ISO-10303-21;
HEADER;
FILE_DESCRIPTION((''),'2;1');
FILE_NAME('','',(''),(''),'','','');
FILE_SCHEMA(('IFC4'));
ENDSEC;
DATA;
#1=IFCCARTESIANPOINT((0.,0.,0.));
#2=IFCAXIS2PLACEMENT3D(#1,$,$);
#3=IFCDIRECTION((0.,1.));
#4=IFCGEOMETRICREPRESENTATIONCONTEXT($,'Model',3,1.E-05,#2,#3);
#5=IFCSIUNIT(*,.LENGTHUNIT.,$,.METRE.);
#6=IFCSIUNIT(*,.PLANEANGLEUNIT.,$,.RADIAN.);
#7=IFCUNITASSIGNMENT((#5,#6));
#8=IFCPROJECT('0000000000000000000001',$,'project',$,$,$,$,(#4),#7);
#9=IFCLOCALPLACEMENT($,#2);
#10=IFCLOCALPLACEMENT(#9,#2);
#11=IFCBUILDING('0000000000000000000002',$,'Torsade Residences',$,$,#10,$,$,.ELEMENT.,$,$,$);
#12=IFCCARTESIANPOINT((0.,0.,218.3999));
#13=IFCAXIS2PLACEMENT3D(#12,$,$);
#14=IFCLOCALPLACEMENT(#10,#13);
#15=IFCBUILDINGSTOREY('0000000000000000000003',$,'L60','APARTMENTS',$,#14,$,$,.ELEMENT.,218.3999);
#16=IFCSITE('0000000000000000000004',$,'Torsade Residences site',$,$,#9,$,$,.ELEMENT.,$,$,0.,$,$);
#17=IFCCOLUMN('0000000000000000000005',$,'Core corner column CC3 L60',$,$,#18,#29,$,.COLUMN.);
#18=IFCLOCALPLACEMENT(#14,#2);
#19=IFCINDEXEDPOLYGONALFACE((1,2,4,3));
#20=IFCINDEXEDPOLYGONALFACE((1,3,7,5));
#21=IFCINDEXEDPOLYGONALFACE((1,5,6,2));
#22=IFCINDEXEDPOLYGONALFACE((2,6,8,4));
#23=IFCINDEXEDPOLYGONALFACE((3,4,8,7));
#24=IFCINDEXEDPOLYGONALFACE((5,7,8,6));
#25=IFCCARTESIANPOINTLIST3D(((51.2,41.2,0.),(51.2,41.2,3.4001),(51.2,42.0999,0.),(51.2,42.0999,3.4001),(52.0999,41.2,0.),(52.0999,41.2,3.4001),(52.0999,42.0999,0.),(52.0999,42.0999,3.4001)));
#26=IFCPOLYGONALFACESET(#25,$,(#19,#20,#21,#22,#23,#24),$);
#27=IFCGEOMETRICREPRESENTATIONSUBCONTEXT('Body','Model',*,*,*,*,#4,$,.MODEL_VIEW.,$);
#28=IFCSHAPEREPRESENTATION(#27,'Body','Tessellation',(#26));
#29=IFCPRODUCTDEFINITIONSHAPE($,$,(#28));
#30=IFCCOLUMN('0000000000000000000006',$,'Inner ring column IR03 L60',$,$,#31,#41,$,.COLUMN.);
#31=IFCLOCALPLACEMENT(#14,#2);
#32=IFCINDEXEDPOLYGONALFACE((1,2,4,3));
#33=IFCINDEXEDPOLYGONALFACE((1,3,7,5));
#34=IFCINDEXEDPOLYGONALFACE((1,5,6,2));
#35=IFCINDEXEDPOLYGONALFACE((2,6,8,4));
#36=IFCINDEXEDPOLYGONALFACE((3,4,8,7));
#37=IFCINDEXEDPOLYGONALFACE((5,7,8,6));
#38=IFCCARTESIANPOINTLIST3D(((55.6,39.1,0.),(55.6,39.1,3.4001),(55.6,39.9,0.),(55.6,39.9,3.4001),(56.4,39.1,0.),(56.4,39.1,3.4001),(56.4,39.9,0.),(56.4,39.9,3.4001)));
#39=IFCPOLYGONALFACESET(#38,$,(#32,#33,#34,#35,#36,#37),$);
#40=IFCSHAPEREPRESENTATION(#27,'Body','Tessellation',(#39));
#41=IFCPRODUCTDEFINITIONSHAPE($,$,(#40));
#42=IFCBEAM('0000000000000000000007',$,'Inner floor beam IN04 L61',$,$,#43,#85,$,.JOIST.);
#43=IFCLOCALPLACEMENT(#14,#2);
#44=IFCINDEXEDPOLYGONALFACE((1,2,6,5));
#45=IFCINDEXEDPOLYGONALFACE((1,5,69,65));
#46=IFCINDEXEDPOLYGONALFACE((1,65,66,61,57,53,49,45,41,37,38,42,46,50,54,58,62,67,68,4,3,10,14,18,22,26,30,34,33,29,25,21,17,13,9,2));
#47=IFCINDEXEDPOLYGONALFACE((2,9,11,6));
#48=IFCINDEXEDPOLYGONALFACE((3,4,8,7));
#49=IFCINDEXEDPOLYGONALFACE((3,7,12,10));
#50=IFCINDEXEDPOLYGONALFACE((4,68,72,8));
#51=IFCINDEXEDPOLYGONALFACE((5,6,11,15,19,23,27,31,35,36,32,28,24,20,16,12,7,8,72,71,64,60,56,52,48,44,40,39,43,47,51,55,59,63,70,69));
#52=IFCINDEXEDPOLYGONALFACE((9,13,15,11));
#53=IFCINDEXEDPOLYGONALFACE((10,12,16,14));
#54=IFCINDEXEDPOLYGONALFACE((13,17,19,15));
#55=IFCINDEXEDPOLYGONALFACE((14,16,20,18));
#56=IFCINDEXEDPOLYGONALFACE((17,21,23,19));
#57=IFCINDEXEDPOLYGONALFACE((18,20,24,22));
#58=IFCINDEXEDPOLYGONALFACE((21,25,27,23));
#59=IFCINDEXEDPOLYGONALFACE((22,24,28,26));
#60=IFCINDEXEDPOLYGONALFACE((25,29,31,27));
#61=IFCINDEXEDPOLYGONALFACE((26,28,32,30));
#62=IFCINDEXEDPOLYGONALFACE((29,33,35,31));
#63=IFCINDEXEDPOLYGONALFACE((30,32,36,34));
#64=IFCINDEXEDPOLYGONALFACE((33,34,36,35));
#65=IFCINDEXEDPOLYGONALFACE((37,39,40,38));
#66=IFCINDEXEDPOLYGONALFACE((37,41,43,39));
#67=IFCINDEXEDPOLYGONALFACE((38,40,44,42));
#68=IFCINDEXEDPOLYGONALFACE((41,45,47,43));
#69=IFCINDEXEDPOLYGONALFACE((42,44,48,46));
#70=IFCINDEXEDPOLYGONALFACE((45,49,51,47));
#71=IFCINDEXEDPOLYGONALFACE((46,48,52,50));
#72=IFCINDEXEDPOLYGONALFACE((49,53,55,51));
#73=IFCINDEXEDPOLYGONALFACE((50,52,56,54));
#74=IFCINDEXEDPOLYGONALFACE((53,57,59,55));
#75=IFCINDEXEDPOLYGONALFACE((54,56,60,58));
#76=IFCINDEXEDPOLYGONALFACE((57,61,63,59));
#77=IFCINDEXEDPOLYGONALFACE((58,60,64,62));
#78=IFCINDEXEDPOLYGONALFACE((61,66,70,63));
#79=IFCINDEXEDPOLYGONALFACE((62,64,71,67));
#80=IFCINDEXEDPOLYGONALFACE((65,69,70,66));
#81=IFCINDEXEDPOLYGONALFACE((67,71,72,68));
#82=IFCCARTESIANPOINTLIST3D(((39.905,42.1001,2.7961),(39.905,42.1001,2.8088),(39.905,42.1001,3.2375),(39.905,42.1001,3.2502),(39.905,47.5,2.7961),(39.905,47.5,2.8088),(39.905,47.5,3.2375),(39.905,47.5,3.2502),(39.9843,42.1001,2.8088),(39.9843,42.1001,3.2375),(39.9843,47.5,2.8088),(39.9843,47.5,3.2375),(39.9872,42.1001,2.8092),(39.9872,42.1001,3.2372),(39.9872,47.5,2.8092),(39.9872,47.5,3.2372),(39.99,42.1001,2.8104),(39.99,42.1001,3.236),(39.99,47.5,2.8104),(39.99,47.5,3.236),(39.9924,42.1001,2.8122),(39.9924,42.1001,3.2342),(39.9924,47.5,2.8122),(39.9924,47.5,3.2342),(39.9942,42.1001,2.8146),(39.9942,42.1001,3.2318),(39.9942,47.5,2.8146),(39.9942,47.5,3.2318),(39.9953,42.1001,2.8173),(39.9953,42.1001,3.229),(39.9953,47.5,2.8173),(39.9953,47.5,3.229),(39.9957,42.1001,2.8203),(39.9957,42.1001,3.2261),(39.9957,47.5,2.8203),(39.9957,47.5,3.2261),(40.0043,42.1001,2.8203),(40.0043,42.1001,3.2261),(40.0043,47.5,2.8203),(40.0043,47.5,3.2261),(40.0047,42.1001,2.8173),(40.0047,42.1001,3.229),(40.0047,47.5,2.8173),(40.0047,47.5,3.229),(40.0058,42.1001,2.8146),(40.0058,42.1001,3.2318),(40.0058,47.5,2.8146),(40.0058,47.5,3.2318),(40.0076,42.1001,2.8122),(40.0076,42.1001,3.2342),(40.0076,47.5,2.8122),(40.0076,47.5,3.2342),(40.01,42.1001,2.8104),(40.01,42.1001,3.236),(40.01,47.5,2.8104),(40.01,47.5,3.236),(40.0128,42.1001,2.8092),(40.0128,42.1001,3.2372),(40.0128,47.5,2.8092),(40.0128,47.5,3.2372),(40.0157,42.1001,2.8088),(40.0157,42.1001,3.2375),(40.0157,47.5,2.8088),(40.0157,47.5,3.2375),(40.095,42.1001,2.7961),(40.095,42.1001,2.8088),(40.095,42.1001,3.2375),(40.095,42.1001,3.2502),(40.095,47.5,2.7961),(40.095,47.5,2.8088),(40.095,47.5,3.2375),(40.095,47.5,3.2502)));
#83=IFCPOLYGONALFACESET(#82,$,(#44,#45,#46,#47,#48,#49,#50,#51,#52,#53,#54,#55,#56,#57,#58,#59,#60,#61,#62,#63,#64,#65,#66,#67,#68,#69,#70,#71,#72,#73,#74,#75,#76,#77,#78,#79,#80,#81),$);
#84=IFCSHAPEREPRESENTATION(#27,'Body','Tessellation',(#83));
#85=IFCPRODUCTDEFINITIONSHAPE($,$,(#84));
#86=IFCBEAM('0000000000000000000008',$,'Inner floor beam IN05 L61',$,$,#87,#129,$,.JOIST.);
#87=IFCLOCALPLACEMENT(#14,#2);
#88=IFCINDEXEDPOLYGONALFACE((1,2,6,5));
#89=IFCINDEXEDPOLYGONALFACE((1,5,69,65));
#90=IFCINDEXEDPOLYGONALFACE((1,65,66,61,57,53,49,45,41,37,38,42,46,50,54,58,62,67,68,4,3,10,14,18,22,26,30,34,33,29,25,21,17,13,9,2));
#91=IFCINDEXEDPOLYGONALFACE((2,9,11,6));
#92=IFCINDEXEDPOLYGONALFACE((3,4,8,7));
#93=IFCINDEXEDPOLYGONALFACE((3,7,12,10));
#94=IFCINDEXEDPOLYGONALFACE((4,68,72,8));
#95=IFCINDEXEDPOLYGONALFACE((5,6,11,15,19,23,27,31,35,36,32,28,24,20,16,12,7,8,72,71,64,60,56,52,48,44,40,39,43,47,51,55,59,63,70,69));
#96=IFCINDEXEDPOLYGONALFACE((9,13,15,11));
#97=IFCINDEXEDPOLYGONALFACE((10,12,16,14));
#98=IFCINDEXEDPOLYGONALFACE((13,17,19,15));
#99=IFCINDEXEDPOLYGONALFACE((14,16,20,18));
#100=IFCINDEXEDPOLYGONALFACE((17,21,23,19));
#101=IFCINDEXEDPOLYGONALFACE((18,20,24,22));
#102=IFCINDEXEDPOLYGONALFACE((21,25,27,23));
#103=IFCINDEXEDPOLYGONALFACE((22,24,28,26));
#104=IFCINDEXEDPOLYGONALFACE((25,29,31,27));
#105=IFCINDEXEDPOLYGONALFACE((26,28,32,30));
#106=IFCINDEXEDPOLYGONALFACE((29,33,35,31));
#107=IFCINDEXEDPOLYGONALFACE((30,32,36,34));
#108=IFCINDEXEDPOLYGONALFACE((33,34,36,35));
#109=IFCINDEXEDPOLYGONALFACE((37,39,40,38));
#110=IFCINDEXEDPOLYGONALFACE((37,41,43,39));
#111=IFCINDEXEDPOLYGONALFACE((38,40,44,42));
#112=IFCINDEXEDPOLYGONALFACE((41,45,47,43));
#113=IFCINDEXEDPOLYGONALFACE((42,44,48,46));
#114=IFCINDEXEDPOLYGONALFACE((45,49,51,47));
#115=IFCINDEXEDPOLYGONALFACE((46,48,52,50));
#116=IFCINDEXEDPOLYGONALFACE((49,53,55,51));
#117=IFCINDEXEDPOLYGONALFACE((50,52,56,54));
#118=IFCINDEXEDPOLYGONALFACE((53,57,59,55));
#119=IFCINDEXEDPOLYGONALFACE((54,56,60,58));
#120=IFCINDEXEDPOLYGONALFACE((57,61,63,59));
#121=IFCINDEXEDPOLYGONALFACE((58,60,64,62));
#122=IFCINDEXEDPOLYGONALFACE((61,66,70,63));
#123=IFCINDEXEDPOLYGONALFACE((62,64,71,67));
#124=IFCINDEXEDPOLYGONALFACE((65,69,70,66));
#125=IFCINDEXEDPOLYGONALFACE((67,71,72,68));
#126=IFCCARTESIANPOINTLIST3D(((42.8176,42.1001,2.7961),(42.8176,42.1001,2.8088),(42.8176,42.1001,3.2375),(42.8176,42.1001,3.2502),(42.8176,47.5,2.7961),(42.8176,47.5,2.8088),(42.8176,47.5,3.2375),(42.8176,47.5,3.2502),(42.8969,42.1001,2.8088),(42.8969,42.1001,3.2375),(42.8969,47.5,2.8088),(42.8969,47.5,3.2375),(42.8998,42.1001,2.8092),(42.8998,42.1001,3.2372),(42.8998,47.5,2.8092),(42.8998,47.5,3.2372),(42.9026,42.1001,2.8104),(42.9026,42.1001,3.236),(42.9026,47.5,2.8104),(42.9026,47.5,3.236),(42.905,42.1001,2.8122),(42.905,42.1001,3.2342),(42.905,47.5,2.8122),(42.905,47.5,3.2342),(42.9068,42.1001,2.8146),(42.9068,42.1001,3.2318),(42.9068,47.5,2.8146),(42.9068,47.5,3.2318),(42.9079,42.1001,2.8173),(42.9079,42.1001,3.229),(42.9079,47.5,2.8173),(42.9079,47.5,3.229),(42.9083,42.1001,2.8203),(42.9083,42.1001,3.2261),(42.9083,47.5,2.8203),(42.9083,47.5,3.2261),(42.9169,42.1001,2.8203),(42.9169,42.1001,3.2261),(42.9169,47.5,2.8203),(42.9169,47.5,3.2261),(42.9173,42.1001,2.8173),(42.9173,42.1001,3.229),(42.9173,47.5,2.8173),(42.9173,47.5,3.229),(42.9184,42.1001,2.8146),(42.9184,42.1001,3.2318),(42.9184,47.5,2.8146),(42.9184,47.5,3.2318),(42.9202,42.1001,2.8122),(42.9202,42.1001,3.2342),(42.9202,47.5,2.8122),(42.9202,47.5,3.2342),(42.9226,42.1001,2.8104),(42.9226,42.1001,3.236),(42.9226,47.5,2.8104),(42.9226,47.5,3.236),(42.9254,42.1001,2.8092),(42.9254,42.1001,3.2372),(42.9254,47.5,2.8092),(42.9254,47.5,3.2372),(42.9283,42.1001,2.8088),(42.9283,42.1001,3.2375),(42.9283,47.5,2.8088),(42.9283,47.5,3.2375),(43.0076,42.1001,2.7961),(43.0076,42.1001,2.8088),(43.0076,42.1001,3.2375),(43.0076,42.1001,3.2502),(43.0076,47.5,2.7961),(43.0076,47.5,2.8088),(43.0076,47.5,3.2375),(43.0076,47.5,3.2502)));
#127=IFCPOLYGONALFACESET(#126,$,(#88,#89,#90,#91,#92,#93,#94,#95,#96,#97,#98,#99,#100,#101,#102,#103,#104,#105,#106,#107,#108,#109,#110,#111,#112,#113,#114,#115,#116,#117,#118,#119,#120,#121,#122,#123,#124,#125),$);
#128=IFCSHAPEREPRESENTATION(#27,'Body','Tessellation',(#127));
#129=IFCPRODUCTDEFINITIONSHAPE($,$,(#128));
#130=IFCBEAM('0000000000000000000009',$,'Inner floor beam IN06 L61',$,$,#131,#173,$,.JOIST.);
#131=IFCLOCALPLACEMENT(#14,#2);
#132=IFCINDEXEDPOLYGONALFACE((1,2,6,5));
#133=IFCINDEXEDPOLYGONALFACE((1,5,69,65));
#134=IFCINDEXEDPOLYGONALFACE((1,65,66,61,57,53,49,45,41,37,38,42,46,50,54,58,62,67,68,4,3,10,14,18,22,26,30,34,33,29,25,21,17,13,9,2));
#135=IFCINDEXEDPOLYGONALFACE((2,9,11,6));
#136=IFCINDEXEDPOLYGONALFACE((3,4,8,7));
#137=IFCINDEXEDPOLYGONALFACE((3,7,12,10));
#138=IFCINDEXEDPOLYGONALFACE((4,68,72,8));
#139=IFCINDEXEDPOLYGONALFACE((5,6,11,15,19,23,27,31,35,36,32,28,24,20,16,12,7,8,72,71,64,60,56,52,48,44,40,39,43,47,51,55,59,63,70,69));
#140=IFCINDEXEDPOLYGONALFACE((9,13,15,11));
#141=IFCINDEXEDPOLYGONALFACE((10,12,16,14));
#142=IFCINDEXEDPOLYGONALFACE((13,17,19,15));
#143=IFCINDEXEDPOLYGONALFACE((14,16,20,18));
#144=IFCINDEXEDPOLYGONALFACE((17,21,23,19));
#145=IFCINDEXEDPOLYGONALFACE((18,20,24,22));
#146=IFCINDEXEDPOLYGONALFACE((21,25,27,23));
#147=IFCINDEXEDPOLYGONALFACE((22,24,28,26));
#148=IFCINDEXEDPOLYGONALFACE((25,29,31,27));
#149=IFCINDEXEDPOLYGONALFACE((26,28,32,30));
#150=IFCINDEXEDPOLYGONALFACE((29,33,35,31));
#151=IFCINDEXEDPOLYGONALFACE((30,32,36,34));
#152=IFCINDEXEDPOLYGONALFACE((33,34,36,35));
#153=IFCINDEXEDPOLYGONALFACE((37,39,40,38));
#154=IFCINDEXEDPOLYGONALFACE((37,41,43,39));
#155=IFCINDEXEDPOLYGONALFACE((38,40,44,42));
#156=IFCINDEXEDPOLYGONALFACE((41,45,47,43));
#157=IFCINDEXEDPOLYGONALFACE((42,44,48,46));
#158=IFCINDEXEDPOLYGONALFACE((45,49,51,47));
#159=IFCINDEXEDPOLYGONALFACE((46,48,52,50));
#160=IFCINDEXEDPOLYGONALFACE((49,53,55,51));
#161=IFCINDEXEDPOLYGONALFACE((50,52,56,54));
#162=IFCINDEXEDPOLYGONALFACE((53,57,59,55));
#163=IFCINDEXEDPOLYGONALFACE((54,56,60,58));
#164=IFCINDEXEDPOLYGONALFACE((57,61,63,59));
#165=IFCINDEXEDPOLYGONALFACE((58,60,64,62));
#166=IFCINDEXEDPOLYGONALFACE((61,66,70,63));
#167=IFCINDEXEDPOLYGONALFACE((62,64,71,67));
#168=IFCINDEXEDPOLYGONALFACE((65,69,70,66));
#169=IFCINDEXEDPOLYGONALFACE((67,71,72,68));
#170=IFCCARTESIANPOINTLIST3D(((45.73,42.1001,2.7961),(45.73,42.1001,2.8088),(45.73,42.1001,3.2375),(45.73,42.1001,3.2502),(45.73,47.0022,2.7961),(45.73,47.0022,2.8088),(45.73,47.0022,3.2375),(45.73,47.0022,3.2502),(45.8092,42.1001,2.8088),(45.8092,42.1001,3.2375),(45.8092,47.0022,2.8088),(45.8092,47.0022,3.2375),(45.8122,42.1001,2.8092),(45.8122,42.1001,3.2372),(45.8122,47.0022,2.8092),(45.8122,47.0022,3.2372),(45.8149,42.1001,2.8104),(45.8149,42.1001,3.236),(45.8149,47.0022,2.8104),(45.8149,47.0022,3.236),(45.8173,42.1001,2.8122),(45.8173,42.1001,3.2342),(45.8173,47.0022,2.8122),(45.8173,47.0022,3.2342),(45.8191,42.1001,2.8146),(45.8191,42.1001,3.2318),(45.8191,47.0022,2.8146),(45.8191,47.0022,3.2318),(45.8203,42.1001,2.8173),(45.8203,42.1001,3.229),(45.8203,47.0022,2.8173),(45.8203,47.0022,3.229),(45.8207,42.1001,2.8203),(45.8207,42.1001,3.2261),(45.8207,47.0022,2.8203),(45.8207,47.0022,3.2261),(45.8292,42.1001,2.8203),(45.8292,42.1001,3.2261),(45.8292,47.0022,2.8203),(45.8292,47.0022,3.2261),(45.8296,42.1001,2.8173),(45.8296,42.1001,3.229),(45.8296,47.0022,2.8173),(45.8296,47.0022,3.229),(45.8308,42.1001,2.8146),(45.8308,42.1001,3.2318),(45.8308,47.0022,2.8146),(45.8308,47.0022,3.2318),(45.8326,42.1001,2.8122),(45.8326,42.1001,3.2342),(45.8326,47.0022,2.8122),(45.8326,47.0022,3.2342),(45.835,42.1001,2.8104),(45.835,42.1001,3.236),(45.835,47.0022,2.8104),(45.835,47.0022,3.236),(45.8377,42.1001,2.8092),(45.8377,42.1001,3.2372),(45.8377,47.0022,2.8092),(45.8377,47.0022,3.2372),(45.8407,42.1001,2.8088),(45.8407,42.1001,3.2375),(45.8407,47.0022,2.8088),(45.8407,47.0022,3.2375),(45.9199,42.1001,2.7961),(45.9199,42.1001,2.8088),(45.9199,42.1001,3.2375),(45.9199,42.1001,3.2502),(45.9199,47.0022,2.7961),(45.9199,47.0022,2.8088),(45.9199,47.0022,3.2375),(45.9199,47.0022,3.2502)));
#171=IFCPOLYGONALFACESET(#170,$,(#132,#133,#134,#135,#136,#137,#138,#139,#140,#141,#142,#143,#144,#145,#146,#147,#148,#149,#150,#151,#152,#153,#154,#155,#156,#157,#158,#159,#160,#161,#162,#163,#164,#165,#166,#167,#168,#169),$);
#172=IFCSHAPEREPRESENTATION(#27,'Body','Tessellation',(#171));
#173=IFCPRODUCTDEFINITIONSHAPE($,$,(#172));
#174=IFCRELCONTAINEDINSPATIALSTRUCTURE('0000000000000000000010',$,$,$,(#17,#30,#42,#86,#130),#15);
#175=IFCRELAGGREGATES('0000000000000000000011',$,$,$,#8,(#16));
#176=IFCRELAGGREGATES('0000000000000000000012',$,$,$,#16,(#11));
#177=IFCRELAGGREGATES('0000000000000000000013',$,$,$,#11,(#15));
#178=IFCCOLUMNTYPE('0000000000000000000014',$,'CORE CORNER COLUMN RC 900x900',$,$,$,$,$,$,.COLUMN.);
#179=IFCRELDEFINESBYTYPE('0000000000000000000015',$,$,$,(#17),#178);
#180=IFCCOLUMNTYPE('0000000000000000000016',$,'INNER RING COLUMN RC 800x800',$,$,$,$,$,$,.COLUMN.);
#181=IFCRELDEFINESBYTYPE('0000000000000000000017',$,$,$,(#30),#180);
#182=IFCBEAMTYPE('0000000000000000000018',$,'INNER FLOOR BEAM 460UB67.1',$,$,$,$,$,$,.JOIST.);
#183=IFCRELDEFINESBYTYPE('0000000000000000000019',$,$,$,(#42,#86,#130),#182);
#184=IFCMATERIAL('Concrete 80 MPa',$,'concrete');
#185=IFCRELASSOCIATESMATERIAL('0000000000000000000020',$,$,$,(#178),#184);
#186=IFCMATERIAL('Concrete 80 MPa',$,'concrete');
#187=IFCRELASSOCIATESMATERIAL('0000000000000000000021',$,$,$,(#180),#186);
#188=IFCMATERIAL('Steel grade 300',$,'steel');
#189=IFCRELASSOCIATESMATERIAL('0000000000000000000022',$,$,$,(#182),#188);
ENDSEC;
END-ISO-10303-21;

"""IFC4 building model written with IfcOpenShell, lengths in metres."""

from ifc_helpers import new_model, si_unit, direction, frame, origin, origin_2d, place, context, subcontext, project, spatial, rectangle, i_section, extrude, material, material_profile, profile_set, type_object, element, save


model = new_model("IFC4")

# Units and contexts
model_context = context("Model", 3, precision=1e-05, world=origin(), true_north=direction((0.0, 1.0)))
body_context = subcontext(model_context, "Body", "Model", "MODEL_VIEW")
ifc_project = project(units=[si_unit("LENGTHUNIT", "METRE"), si_unit("PLANEANGLEUNIT", "RADIAN")], contexts=[model_context])

# Site, building, storey
site_placement = place(None, origin())
site = spatial("IfcSite", under=ifc_project, at=site_placement, Name="Torsade Residences site", CompositionType="ELEMENT", RefElevation=0.0)
building_placement = place(site_placement, origin())
building = spatial("IfcBuilding", under=site, at=building_placement, Name="Torsade Residences", CompositionType="ELEMENT")
storey_placement = place(building_placement, frame((0.0, 0.0, 218.3999)))
storey = spatial("IfcBuildingStorey", under=building, at=storey_placement, Name="L60", Description="APARTMENTS", CompositionType="ELEMENT", Elevation=218.3999)

# Columns
ifc_material_1 = material(Name="Concrete 80 MPa", Category="concrete")
ifc_material_profile_1 = material_profile(ifc_material_1, rectangle(XDim=0.8999, YDim=0.8999, at=origin_2d()), Name="RC 900x900")
ifc_profile_set_1 = profile_set([ifc_material_profile_1], Name="Concrete 80 MPa")
column_type_1 = type_object("IfcColumnType", Name="CORE CORNER COLUMN RC 900x900", PredefinedType="COLUMN", material=ifc_profile_set_1)
column_1_placement = place(storey_placement, frame((51.6499, 41.6499, 0.0), z_axis=(0.0, 0.0, 1.0), x_axis=(1.0, 0.0, 0.0)))
element("IfcColumn", 1, at=column_1_placement, inside=storey, type_object=column_type_1, Name="Core corner column CC3 L60", PredefinedType="COLUMN", context=body_context, shape_type="SweptSolid", body=[
    extrude(rectangle(XDim=0.8999, YDim=0.8999, at=origin_2d()), origin(), (0.0, 0.0, 1.0), 3.4001),
])
ifc_material_2 = material(Name="Concrete 80 MPa", Category="concrete")
ifc_material_profile_2 = material_profile(ifc_material_2, rectangle(XDim=0.8, YDim=0.8, at=origin_2d()), Name="RC 800x800")
ifc_profile_set_2 = profile_set([ifc_material_profile_2], Name="Concrete 80 MPa")
column_type_2 = type_object("IfcColumnType", Name="INNER RING COLUMN RC 800x800", PredefinedType="COLUMN", material=ifc_profile_set_2)
column_2_placement = place(storey_placement, frame((56.0, 39.5, 0.0), z_axis=(0.0, 0.0, 1.0), x_axis=(1.0, 0.0, 0.0)))
element("IfcColumn", 2, at=column_2_placement, inside=storey, type_object=column_type_2, Name="Inner ring column IR03 L60", PredefinedType="COLUMN", context=body_context, shape_type="SweptSolid", body=[
    extrude(rectangle(XDim=0.8, YDim=0.8, at=origin_2d()), origin(), (0.0, 0.0, 1.0), 3.4001),
])

# Beams
ifc_material_3 = material(Name="Steel grade 300", Category="steel")
ifc_material_profile_3 = material_profile(ifc_material_3, i_section(OverallWidth=0.1899, OverallDepth=0.4541, WebThickness=0.0085, FlangeThickness=0.0127, FilletRadius=0.0115, at=origin_2d()), Name="460UB67.1")
ifc_profile_set_3 = profile_set([ifc_material_profile_3], Name="Steel grade 300")
beam_type_1 = type_object("IfcBeamType", Name="INNER FLOOR BEAM 460UB67.1", PredefinedType="JOIST", material=ifc_profile_set_3)
for number, where, z_axis, x_axis, name in (
    (3, (40.0, 42.1001, 3.0232), (0.0, 1.0, 0.0), (-1.0, 0.0, 0.0), "Inner floor beam IN04 L61"),
    (4, (42.9126, 42.1001, 3.0232), (0.0, 1.0, 0.0), (-1.0, 0.0, 0.0), "Inner floor beam IN05 L61"),
):
    element("IfcBeam", number, at=place(storey_placement, frame(where, z_axis=z_axis, x_axis=x_axis)), inside=storey, type_object=beam_type_1, Name=name, PredefinedType="JOIST", context=body_context, shape_type="SweptSolid", body=[
        extrude(i_section(OverallWidth=0.1899, OverallDepth=0.4541, WebThickness=0.0085, FlangeThickness=0.0127, FilletRadius=0.0115, at=origin_2d()), origin(), (0.0, 0.0, 1.0), 5.3999),
    ])
beam_1_placement = place(storey_placement, frame((45.825, 42.1001, 3.0232), z_axis=(0.0, 1.0, 0.0), x_axis=(-1.0, 0.0, 0.0)))
element("IfcBeam", 5, at=beam_1_placement, inside=storey, type_object=beam_type_1, Name="Inner floor beam IN06 L61", PredefinedType="JOIST", context=body_context, shape_type="SweptSolid", body=[
    extrude(i_section(OverallWidth=0.1899, OverallDepth=0.4541, WebThickness=0.0085, FlangeThickness=0.0127, FilletRadius=0.0115, at=origin_2d()), origin(), (0.0, 0.0, 1.0), 4.9021),
])

save(model, "model.ifc")
